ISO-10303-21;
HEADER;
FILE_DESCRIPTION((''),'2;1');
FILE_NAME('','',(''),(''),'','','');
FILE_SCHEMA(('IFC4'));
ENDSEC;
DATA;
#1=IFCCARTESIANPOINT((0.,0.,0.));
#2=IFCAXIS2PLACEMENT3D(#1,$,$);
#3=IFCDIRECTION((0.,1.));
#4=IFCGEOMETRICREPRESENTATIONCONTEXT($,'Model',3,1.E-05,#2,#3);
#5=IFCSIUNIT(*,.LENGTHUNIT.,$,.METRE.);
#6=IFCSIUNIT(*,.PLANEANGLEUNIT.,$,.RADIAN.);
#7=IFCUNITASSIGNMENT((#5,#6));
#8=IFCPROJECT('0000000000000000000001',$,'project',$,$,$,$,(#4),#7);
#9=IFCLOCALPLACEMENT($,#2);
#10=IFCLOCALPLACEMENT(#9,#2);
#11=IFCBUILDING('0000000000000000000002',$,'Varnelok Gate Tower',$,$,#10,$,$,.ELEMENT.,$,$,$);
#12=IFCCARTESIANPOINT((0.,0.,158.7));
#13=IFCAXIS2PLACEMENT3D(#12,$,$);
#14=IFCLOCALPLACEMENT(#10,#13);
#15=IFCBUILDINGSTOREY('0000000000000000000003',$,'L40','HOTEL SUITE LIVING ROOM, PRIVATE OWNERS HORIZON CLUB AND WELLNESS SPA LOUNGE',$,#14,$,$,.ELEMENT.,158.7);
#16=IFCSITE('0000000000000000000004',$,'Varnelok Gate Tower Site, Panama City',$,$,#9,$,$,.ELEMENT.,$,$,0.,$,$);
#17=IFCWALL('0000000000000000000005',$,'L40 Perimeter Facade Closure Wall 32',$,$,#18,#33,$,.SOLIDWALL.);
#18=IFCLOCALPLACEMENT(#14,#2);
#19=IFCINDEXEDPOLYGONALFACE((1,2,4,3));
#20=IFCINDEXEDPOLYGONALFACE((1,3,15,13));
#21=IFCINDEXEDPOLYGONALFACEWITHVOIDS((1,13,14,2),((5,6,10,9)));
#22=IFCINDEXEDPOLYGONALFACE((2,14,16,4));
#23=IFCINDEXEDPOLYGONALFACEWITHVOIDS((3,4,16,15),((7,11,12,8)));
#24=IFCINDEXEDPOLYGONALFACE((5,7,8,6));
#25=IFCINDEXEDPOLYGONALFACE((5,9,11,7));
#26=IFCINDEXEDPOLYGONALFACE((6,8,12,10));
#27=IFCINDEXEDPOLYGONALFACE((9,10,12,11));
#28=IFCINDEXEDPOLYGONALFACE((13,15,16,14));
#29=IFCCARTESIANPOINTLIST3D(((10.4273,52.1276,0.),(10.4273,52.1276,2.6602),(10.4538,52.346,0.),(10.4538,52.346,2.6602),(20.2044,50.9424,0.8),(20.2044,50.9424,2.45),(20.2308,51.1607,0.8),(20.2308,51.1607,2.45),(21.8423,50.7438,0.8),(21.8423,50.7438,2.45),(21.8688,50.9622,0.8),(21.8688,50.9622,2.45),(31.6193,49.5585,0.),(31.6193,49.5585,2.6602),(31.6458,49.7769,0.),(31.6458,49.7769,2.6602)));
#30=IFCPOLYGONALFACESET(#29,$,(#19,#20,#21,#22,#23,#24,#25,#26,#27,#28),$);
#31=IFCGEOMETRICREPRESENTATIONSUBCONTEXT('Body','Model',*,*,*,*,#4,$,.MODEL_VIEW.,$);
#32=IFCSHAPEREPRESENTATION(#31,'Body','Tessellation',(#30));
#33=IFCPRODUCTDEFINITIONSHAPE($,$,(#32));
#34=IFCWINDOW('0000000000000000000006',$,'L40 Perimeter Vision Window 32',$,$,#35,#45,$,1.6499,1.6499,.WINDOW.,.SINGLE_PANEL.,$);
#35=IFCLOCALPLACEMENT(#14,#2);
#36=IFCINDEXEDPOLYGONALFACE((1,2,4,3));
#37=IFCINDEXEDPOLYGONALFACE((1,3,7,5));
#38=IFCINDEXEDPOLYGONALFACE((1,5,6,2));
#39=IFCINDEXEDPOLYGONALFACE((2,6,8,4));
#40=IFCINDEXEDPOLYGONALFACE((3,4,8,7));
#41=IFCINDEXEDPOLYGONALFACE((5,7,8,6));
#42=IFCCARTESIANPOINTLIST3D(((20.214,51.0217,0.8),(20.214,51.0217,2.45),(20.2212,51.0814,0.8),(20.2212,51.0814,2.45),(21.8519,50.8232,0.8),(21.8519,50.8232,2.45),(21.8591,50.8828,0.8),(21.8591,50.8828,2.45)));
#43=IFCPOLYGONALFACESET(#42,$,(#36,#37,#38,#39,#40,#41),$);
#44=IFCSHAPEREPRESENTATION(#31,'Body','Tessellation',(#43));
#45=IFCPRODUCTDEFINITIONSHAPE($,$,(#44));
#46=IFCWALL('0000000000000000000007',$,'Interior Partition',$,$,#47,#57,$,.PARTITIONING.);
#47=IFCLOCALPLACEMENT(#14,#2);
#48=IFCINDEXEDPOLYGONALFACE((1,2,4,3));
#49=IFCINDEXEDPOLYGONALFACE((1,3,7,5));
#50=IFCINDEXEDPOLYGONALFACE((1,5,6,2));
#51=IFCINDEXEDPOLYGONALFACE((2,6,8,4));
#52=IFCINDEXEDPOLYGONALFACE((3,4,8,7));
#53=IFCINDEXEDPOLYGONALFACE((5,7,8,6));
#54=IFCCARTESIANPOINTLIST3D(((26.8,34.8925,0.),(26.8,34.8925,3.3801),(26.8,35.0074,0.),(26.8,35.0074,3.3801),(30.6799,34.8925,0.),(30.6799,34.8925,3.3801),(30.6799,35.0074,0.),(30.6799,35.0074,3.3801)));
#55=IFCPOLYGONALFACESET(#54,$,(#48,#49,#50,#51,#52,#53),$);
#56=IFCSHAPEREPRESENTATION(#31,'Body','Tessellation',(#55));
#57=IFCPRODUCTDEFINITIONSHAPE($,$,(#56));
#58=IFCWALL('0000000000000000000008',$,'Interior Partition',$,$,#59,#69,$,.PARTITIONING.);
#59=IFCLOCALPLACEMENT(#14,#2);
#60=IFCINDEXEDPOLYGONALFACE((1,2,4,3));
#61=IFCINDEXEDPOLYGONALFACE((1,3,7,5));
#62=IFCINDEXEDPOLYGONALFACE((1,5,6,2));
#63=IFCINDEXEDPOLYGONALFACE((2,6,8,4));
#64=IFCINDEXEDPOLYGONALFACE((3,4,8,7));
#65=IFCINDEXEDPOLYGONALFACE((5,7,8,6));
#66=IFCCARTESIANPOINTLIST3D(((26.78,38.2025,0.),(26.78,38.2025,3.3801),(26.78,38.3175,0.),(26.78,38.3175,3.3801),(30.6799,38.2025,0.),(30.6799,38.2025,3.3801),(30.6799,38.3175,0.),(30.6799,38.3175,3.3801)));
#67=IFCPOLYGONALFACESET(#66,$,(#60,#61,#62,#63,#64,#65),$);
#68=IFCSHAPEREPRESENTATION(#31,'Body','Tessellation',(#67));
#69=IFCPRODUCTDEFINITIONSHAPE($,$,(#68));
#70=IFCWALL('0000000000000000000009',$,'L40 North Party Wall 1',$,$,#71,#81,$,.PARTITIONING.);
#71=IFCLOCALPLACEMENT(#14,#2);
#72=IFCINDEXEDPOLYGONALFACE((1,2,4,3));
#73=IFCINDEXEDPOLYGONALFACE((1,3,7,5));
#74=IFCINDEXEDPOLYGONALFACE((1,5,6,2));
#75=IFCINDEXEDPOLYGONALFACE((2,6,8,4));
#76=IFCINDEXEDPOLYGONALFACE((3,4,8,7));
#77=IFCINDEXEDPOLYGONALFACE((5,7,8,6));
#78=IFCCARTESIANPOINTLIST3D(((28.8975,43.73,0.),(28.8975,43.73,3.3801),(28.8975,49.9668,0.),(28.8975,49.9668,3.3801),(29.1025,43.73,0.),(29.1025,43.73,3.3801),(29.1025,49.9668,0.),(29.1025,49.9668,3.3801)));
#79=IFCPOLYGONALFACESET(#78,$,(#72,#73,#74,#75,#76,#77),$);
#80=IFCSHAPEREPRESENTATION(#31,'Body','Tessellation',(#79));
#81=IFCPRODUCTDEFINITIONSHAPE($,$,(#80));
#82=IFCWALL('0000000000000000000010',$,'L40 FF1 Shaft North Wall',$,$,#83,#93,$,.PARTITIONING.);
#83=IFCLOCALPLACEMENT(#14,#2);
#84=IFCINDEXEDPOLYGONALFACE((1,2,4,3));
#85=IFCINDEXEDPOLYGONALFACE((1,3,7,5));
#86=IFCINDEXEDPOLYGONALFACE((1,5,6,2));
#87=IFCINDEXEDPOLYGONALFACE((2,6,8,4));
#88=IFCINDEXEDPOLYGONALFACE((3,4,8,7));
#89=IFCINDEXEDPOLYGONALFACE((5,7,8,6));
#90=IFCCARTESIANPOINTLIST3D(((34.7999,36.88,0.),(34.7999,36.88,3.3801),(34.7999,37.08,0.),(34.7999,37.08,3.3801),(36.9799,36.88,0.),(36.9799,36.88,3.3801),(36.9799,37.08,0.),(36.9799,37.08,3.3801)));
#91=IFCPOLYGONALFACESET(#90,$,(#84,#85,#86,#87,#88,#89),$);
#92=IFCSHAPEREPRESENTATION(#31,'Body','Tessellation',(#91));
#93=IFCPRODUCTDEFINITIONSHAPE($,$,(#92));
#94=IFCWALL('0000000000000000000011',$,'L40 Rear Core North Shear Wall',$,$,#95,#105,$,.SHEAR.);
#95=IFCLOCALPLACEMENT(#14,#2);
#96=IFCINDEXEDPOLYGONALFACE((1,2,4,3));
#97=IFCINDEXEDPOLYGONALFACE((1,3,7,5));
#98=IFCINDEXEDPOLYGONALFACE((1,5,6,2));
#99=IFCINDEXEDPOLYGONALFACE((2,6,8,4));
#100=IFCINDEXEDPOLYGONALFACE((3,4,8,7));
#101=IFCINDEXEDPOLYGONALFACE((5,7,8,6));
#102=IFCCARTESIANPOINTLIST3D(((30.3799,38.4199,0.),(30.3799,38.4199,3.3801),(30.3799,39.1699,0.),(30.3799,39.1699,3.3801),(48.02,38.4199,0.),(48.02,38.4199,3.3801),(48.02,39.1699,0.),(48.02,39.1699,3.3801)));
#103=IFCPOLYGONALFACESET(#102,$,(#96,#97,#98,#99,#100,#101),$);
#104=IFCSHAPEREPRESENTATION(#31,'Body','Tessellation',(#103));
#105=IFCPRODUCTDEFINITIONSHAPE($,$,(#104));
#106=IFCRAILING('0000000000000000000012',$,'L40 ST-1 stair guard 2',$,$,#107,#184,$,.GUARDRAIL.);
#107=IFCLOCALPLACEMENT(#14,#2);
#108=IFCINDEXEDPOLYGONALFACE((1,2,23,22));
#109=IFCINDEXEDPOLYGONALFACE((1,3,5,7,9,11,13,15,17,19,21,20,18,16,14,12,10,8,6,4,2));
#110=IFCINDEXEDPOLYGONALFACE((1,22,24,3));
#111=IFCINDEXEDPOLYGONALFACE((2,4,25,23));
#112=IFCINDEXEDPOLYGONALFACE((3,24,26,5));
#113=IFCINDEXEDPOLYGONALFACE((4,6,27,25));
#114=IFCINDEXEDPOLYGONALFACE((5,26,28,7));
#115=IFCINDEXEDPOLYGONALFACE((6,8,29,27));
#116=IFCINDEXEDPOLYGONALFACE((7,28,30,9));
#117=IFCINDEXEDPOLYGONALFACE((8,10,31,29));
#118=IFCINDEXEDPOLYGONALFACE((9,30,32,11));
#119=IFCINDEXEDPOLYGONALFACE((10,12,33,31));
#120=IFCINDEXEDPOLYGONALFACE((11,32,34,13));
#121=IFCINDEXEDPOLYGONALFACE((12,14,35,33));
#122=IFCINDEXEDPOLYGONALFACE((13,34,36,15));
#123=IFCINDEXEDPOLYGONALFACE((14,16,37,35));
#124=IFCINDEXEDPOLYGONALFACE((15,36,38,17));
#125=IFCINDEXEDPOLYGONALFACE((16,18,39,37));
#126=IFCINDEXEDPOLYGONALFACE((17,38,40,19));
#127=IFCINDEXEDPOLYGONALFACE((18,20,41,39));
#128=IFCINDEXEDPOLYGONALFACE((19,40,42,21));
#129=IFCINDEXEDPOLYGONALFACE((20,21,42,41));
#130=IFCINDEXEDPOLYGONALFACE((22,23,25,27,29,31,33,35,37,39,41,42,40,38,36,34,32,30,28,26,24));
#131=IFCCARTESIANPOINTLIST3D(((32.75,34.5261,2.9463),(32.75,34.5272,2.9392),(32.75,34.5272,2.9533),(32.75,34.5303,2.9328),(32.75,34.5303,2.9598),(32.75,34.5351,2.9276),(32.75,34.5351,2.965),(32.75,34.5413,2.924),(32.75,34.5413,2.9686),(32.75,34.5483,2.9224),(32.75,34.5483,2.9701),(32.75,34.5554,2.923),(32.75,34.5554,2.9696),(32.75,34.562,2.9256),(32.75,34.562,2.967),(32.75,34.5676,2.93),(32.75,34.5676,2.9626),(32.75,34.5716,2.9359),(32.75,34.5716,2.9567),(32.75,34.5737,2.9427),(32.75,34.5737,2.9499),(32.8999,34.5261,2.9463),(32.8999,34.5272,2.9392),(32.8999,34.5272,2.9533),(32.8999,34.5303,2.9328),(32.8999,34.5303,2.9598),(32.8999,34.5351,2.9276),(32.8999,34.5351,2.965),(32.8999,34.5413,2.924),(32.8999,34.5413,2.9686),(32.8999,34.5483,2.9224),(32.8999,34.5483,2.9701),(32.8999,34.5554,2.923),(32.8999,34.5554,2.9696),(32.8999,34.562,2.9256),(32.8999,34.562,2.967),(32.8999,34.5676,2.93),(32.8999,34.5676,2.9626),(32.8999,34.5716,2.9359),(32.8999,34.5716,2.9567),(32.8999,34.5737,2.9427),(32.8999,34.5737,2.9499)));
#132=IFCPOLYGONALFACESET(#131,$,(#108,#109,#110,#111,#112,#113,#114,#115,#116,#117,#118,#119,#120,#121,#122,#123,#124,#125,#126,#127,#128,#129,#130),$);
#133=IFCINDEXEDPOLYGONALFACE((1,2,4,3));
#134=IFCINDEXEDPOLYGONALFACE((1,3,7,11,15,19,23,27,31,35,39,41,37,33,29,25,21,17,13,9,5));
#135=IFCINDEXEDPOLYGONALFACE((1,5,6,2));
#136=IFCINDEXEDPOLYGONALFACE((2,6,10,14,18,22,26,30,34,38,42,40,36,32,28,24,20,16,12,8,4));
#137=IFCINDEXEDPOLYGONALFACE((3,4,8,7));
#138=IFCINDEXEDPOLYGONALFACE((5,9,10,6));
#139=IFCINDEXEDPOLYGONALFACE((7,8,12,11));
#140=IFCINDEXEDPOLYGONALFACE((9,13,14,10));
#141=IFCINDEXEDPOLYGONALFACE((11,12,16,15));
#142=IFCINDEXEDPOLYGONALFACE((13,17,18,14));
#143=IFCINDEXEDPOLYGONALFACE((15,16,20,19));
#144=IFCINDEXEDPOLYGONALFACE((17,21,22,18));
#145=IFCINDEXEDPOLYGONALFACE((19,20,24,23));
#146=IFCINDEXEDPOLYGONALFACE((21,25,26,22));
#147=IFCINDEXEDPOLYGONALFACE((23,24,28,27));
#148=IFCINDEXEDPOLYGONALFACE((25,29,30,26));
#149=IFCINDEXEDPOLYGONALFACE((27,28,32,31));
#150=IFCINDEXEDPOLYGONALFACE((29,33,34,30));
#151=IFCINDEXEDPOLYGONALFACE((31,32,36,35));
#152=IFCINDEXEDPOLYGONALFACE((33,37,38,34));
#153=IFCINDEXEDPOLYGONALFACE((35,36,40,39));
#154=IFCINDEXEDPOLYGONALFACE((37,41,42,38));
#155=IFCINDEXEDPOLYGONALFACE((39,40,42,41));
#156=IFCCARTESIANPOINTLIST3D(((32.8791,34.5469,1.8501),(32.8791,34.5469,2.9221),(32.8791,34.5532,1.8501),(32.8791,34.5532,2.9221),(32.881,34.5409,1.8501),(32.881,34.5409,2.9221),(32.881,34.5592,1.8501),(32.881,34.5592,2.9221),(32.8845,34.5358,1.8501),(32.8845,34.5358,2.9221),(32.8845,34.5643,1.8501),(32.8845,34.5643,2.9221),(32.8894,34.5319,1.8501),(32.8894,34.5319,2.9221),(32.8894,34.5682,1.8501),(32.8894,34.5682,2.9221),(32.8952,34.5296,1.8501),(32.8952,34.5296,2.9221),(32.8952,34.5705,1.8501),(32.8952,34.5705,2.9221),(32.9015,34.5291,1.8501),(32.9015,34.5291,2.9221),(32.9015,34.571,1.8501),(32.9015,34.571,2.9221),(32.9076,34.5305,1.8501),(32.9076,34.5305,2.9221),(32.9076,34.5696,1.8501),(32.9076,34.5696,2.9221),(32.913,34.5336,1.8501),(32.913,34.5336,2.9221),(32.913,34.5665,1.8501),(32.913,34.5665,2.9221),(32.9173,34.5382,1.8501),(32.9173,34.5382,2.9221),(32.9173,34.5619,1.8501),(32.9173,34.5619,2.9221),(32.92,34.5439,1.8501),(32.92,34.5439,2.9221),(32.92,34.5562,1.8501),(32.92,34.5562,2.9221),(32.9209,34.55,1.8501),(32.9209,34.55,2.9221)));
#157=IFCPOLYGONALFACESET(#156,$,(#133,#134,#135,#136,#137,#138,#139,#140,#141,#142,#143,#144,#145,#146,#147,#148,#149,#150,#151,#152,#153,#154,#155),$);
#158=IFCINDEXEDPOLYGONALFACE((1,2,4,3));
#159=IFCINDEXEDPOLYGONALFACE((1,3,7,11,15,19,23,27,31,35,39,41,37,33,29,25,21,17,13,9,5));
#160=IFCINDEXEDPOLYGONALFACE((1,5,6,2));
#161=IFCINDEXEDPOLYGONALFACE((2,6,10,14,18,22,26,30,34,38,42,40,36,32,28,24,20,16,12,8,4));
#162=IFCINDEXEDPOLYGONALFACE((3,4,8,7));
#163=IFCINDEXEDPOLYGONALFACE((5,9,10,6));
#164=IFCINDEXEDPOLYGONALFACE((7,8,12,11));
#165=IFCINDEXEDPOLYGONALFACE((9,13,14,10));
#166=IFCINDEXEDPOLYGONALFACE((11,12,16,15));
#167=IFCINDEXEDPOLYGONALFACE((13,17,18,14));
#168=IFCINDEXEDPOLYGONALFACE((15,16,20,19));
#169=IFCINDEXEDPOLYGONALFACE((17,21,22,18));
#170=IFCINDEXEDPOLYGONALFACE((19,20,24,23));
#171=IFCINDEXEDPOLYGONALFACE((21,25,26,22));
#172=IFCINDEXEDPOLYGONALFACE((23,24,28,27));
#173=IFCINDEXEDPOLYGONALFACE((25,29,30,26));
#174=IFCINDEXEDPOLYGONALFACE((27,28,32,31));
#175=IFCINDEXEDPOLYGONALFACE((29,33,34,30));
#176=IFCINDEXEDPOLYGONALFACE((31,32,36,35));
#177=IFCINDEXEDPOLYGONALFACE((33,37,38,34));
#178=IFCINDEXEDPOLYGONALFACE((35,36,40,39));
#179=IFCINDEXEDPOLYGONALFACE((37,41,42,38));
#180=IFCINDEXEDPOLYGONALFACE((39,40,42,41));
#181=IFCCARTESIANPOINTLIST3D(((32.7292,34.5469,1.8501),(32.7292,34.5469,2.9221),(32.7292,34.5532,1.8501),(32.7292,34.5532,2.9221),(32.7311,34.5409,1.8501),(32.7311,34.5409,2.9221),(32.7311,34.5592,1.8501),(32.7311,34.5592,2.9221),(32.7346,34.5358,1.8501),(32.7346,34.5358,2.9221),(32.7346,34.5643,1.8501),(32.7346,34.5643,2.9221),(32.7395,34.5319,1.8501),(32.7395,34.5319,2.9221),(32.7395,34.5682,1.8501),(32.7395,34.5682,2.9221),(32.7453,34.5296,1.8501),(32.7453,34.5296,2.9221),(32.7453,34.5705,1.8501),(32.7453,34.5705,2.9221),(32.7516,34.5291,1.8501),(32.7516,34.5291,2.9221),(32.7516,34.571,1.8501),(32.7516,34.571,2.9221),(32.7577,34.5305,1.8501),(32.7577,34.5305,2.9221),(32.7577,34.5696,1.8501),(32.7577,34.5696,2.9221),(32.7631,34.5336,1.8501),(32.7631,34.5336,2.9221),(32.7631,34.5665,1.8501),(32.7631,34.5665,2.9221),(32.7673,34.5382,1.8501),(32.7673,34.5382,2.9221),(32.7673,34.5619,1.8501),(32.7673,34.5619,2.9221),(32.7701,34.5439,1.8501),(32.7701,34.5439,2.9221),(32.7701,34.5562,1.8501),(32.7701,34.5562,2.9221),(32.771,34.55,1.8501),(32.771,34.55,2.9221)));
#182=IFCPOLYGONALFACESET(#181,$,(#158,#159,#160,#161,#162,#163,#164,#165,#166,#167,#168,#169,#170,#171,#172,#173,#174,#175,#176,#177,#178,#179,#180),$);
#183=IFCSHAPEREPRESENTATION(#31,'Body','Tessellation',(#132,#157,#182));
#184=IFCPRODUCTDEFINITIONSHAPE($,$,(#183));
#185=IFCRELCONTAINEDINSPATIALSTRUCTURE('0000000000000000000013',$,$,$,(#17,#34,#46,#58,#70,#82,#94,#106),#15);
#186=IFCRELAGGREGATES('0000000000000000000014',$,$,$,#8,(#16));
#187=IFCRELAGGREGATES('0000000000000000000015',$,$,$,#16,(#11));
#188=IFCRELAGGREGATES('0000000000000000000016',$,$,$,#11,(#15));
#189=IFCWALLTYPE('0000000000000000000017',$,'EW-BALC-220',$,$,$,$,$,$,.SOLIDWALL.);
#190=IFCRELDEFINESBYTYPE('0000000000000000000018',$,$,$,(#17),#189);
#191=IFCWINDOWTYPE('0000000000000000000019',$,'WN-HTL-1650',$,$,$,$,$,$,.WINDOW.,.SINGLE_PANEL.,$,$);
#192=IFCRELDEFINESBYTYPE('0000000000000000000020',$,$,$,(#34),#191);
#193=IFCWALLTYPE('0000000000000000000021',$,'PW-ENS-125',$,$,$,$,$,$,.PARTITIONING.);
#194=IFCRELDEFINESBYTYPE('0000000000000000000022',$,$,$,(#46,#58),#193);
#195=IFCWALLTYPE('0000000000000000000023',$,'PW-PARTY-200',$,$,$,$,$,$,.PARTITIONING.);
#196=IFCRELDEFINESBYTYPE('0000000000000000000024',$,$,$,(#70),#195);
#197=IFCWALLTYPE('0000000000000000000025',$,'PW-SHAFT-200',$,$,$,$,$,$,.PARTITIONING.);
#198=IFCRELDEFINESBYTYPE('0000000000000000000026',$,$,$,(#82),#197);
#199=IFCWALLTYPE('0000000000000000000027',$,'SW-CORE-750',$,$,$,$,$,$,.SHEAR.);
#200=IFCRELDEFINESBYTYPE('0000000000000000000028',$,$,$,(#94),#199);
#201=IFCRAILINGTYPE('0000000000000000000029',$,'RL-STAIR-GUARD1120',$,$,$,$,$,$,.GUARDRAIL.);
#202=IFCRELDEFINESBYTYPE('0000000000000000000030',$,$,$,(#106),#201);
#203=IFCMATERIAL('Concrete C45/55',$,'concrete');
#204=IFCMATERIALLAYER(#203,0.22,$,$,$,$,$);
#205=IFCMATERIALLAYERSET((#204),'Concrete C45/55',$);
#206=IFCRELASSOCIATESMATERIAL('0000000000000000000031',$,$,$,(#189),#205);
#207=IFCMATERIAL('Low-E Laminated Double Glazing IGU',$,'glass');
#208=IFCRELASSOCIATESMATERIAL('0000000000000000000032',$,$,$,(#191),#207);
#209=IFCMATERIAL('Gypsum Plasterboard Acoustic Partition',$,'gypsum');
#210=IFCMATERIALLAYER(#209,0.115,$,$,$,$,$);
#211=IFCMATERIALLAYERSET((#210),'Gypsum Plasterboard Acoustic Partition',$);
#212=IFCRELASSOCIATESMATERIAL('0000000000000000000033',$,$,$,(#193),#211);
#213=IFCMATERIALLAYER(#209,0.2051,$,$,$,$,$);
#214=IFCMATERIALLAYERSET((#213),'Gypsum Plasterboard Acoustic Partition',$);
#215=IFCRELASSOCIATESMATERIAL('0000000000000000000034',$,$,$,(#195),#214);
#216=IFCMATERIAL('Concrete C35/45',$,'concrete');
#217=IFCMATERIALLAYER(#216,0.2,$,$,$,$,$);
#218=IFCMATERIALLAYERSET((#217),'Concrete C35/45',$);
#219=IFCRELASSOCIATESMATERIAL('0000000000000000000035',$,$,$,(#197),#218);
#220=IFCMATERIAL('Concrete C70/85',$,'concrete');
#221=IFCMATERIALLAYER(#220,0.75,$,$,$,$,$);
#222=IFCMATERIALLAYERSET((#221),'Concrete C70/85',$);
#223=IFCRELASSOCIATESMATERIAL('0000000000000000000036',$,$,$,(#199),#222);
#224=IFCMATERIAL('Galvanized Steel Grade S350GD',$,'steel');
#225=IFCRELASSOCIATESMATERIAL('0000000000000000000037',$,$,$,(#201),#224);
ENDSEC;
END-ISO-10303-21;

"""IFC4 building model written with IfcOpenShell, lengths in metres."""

from ifc_helpers import new_model, si_unit, direction, frame, frame_2d, origin, origin_2d, place, context, subcontext, project, spatial, rectangle, circle, extrude, material, layer, layer_set, type_object, element, fill, save


model = new_model("IFC4")

# Units and contexts
model_context = context("Model", 3, precision=1e-05, world=origin(), true_north=direction((0.0, 1.0)))
body_context = subcontext(model_context, "Body", "Model", "MODEL_VIEW")
ifc_project = project(units=[si_unit("LENGTHUNIT", "METRE"), si_unit("PLANEANGLEUNIT", "RADIAN")], contexts=[model_context])

# Site, building, storey
site_placement = place(None, origin())
site = spatial("IfcSite", under=ifc_project, at=site_placement, Name="Varnelok Gate Tower Site, Panama City", CompositionType="ELEMENT", RefElevation=0.0)
building_placement = place(site_placement, origin())
building = spatial("IfcBuilding", under=site, at=building_placement, Name="Varnelok Gate Tower", CompositionType="ELEMENT")
storey_placement = place(building_placement, frame((0.0, 0.0, 158.7)))
storey = spatial("IfcBuildingStorey", under=building, at=storey_placement, Name="L40", Description="HOTEL SUITE LIVING ROOM, PRIVATE OWNERS HORIZON CLUB AND WELLNESS SPA LOUNGE", CompositionType="ELEMENT", Elevation=158.7)

# Shared definitions
ifc_material_1 = material(Name="Concrete C45/55", Category="concrete")
ifc_layer_1 = layer(ifc_material_1, 0.22)
ifc_layer_set_1 = layer_set([ifc_layer_1], Name="Concrete C45/55")
wall_type_1 = type_object("IfcWallType", Name="EW-BALC-220", PredefinedType="SOLIDWALL", material=ifc_layer_set_1)

# Wall, opening, window
wall_1_placement = place(storey_placement, frame((31.6326, 49.6677, 0.0), z_axis=(0.0, 0.0, 1.0), x_axis=(-0.992732, 0.120349, 0.0)))
wall_1 = element("IfcWall", 1, at=wall_1_placement, inside=storey, type_object=wall_type_1, Name="L40 Perimeter Facade Closure Wall 32", PredefinedType="SOLIDWALL", context=body_context, shape_type="SweptSolid", body=[
    extrude(rectangle(XDim=21.3472, YDim=0.22, at=frame_2d((10.6736, 0.0))), origin(), (0.0, 0.0, 1.0), 2.6602),
])
opening_1_placement = place(wall_1_placement, frame((9.8486, 0.0, 0.8)))
opening_1 = element("IfcOpeningElement", 2, at=opening_1_placement, cuts=wall_1, PredefinedType="OPENING", context=body_context, shape_type="SweptSolid", body=[
    extrude(rectangle(XDim=1.6499, YDim=1.6499, at=frame_2d((0.825, 0.825))), frame((0.0, 0.1199, 0.0), z_axis=(0.0, -1.0, 0.0), x_axis=(1.0, 0.0, 0.0)), (0.0, 0.0, 1.0), 0.24),
])
ifc_material_2 = material(Name="Low-E Laminated Double Glazing IGU", Category="glass")
window_type = type_object("IfcWindowType", Name="WN-HTL-1650", PartitioningType="SINGLE_PANEL", PredefinedType="WINDOW", material=ifc_material_2)
window_placement = place(opening_1_placement, origin())
window = element("IfcWindow", 3, at=window_placement, inside=storey, type_object=window_type, Name="L40 Perimeter Vision Window 32", OverallHeight=1.6499, OverallWidth=1.6499, PartitioningType="SINGLE_PANEL", PredefinedType="WINDOW", context=body_context, shape_type="SweptSolid", body=[
    extrude(rectangle(XDim=1.6499, YDim=1.6499, at=frame_2d((0.825, 0.825))), frame((0.0, 0.03, 0.0), z_axis=(0.0, -1.0, 0.0), x_axis=(1.0, 0.0, 0.0)), (0.0, 0.0, 1.0), 0.0601),
])
fill(opening_1, window)

# Walls
ifc_material_3 = material(Name="Gypsum Plasterboard Acoustic Partition", Category="gypsum")
ifc_layer_2 = layer(ifc_material_3, 0.115)
ifc_layer_set_2 = layer_set([ifc_layer_2], Name="Gypsum Plasterboard Acoustic Partition")
wall_type_2 = type_object("IfcWallType", Name="PW-ENS-125", PredefinedType="PARTITIONING", material=ifc_layer_set_2)
wall_2_placement = place(storey_placement, frame((26.8, 34.95, 0.0), z_axis=(0.0, 0.0, 1.0), x_axis=(1.0, 0.0, 0.0)))
element("IfcWall", 4, at=wall_2_placement, inside=storey, type_object=wall_type_2, Name="Interior Partition", PredefinedType="PARTITIONING", context=body_context, shape_type="SweptSolid", body=[
    extrude(rectangle(XDim=3.8799, YDim=0.115, at=frame_2d((1.9399, 0.0))), origin(), (0.0, 0.0, 1.0), 3.3801),
])
wall_3_placement = place(storey_placement, frame((26.78, 38.26, 0.0), z_axis=(0.0, 0.0, 1.0), x_axis=(1.0, 0.0, 0.0)))
element("IfcWall", 5, at=wall_3_placement, inside=storey, type_object=wall_type_2, Name="Interior Partition", PredefinedType="PARTITIONING", context=body_context, shape_type="SweptSolid", body=[
    extrude(rectangle(XDim=3.8999, YDim=0.115, at=frame_2d((1.95, 0.0))), origin(), (0.0, 0.0, 1.0), 3.3801),
])
ifc_layer_3 = layer(ifc_material_3, 0.2051)
ifc_layer_set_3 = layer_set([ifc_layer_3], Name="Gypsum Plasterboard Acoustic Partition")
wall_type_3 = type_object("IfcWallType", Name="PW-PARTY-200", PredefinedType="PARTITIONING", material=ifc_layer_set_3)
wall_4_placement = place(storey_placement, frame((29.0, 43.73, 0.0), z_axis=(0.0, 0.0, 1.0), x_axis=(0.0, 1.0, 0.0)))
element("IfcWall", 6, at=wall_4_placement, inside=storey, type_object=wall_type_3, Name="L40 North Party Wall 1", PredefinedType="PARTITIONING", context=body_context, shape_type="SweptSolid", body=[
    extrude(rectangle(XDim=6.2368, YDim=0.2051, at=frame_2d((3.1184, 0.0))), origin(), (0.0, 0.0, 1.0), 3.3801),
])
ifc_material_4 = material(Name="Concrete C35/45", Category="concrete")
ifc_layer_4 = layer(ifc_material_4, 0.2)
ifc_layer_set_4 = layer_set([ifc_layer_4], Name="Concrete C35/45")
wall_type_4 = type_object("IfcWallType", Name="PW-SHAFT-200", PredefinedType="PARTITIONING", material=ifc_layer_set_4)
wall_5_placement = place(storey_placement, frame((34.8, 36.98, 0.0), z_axis=(0.0, 0.0, 1.0), x_axis=(1.0, 0.0, 0.0)))
element("IfcWall", 7, at=wall_5_placement, inside=storey, type_object=wall_type_4, Name="L40 FF1 Shaft North Wall", PredefinedType="PARTITIONING", context=body_context, shape_type="SweptSolid", body=[
    extrude(rectangle(XDim=2.1799, YDim=0.2, at=frame_2d((1.0898, 0.0))), origin(), (0.0, 0.0, 1.0), 3.3801),
])
ifc_material_5 = material(Name="Concrete C70/85", Category="concrete")
ifc_layer_5 = layer(ifc_material_5, 0.75)
ifc_layer_set_5 = layer_set([ifc_layer_5], Name="Concrete C70/85")
wall_type_5 = type_object("IfcWallType", Name="SW-CORE-750", PredefinedType="SHEAR", material=ifc_layer_set_5)
wall_6_placement = place(storey_placement, frame((30.3799, 38.7949, 0.0), z_axis=(0.0, 0.0, 1.0), x_axis=(1.0, 0.0, 0.0)))
element("IfcWall", 8, at=wall_6_placement, inside=storey, type_object=wall_type_5, Name="L40 Rear Core North Shear Wall", PredefinedType="SHEAR", context=body_context, shape_type="SweptSolid", body=[
    extrude(rectangle(XDim=17.6401, YDim=0.75, at=frame_2d((8.8201, 0.0))), origin(), (0.0, 0.0, 1.0), 3.3801),
])

# Railing
ifc_material_6 = material(Name="Galvanized Steel Grade S350GD", Category="steel")
railing_type_1 = type_object("IfcRailingType", Name="RL-STAIR-GUARD1120", PredefinedType="GUARDRAIL", material=ifc_material_6)
railing_1_placement = place(storey_placement, frame((32.8999, 34.55, 1.8501)))
element("IfcRailing", 9, at=railing_1_placement, inside=storey, type_object=railing_type_1, Name="L40 ST-1 stair guard 2", PredefinedType="GUARDRAIL", context=body_context, shape_type="SweptSolid", body=[
    extrude(circle(Radius=0.0239, at=origin_2d()), frame((0.0, 0.0, 1.0962), z_axis=(-1.0, 0.0, 0.0), x_axis=(0.0, -1.0, 0.0)), (0.0, 0.0, 1.0), 0.1499),
    extrude(circle(Radius=0.021, at=origin_2d()), origin(), (0.0, 0.0, 1.0), 1.072),
    extrude(circle(Radius=0.021, at=origin_2d()), frame((-0.1499, 0.0, 0.0)), (0.0, 0.0, 1.0), 1.072),
])

save(model, "model.ifc")
